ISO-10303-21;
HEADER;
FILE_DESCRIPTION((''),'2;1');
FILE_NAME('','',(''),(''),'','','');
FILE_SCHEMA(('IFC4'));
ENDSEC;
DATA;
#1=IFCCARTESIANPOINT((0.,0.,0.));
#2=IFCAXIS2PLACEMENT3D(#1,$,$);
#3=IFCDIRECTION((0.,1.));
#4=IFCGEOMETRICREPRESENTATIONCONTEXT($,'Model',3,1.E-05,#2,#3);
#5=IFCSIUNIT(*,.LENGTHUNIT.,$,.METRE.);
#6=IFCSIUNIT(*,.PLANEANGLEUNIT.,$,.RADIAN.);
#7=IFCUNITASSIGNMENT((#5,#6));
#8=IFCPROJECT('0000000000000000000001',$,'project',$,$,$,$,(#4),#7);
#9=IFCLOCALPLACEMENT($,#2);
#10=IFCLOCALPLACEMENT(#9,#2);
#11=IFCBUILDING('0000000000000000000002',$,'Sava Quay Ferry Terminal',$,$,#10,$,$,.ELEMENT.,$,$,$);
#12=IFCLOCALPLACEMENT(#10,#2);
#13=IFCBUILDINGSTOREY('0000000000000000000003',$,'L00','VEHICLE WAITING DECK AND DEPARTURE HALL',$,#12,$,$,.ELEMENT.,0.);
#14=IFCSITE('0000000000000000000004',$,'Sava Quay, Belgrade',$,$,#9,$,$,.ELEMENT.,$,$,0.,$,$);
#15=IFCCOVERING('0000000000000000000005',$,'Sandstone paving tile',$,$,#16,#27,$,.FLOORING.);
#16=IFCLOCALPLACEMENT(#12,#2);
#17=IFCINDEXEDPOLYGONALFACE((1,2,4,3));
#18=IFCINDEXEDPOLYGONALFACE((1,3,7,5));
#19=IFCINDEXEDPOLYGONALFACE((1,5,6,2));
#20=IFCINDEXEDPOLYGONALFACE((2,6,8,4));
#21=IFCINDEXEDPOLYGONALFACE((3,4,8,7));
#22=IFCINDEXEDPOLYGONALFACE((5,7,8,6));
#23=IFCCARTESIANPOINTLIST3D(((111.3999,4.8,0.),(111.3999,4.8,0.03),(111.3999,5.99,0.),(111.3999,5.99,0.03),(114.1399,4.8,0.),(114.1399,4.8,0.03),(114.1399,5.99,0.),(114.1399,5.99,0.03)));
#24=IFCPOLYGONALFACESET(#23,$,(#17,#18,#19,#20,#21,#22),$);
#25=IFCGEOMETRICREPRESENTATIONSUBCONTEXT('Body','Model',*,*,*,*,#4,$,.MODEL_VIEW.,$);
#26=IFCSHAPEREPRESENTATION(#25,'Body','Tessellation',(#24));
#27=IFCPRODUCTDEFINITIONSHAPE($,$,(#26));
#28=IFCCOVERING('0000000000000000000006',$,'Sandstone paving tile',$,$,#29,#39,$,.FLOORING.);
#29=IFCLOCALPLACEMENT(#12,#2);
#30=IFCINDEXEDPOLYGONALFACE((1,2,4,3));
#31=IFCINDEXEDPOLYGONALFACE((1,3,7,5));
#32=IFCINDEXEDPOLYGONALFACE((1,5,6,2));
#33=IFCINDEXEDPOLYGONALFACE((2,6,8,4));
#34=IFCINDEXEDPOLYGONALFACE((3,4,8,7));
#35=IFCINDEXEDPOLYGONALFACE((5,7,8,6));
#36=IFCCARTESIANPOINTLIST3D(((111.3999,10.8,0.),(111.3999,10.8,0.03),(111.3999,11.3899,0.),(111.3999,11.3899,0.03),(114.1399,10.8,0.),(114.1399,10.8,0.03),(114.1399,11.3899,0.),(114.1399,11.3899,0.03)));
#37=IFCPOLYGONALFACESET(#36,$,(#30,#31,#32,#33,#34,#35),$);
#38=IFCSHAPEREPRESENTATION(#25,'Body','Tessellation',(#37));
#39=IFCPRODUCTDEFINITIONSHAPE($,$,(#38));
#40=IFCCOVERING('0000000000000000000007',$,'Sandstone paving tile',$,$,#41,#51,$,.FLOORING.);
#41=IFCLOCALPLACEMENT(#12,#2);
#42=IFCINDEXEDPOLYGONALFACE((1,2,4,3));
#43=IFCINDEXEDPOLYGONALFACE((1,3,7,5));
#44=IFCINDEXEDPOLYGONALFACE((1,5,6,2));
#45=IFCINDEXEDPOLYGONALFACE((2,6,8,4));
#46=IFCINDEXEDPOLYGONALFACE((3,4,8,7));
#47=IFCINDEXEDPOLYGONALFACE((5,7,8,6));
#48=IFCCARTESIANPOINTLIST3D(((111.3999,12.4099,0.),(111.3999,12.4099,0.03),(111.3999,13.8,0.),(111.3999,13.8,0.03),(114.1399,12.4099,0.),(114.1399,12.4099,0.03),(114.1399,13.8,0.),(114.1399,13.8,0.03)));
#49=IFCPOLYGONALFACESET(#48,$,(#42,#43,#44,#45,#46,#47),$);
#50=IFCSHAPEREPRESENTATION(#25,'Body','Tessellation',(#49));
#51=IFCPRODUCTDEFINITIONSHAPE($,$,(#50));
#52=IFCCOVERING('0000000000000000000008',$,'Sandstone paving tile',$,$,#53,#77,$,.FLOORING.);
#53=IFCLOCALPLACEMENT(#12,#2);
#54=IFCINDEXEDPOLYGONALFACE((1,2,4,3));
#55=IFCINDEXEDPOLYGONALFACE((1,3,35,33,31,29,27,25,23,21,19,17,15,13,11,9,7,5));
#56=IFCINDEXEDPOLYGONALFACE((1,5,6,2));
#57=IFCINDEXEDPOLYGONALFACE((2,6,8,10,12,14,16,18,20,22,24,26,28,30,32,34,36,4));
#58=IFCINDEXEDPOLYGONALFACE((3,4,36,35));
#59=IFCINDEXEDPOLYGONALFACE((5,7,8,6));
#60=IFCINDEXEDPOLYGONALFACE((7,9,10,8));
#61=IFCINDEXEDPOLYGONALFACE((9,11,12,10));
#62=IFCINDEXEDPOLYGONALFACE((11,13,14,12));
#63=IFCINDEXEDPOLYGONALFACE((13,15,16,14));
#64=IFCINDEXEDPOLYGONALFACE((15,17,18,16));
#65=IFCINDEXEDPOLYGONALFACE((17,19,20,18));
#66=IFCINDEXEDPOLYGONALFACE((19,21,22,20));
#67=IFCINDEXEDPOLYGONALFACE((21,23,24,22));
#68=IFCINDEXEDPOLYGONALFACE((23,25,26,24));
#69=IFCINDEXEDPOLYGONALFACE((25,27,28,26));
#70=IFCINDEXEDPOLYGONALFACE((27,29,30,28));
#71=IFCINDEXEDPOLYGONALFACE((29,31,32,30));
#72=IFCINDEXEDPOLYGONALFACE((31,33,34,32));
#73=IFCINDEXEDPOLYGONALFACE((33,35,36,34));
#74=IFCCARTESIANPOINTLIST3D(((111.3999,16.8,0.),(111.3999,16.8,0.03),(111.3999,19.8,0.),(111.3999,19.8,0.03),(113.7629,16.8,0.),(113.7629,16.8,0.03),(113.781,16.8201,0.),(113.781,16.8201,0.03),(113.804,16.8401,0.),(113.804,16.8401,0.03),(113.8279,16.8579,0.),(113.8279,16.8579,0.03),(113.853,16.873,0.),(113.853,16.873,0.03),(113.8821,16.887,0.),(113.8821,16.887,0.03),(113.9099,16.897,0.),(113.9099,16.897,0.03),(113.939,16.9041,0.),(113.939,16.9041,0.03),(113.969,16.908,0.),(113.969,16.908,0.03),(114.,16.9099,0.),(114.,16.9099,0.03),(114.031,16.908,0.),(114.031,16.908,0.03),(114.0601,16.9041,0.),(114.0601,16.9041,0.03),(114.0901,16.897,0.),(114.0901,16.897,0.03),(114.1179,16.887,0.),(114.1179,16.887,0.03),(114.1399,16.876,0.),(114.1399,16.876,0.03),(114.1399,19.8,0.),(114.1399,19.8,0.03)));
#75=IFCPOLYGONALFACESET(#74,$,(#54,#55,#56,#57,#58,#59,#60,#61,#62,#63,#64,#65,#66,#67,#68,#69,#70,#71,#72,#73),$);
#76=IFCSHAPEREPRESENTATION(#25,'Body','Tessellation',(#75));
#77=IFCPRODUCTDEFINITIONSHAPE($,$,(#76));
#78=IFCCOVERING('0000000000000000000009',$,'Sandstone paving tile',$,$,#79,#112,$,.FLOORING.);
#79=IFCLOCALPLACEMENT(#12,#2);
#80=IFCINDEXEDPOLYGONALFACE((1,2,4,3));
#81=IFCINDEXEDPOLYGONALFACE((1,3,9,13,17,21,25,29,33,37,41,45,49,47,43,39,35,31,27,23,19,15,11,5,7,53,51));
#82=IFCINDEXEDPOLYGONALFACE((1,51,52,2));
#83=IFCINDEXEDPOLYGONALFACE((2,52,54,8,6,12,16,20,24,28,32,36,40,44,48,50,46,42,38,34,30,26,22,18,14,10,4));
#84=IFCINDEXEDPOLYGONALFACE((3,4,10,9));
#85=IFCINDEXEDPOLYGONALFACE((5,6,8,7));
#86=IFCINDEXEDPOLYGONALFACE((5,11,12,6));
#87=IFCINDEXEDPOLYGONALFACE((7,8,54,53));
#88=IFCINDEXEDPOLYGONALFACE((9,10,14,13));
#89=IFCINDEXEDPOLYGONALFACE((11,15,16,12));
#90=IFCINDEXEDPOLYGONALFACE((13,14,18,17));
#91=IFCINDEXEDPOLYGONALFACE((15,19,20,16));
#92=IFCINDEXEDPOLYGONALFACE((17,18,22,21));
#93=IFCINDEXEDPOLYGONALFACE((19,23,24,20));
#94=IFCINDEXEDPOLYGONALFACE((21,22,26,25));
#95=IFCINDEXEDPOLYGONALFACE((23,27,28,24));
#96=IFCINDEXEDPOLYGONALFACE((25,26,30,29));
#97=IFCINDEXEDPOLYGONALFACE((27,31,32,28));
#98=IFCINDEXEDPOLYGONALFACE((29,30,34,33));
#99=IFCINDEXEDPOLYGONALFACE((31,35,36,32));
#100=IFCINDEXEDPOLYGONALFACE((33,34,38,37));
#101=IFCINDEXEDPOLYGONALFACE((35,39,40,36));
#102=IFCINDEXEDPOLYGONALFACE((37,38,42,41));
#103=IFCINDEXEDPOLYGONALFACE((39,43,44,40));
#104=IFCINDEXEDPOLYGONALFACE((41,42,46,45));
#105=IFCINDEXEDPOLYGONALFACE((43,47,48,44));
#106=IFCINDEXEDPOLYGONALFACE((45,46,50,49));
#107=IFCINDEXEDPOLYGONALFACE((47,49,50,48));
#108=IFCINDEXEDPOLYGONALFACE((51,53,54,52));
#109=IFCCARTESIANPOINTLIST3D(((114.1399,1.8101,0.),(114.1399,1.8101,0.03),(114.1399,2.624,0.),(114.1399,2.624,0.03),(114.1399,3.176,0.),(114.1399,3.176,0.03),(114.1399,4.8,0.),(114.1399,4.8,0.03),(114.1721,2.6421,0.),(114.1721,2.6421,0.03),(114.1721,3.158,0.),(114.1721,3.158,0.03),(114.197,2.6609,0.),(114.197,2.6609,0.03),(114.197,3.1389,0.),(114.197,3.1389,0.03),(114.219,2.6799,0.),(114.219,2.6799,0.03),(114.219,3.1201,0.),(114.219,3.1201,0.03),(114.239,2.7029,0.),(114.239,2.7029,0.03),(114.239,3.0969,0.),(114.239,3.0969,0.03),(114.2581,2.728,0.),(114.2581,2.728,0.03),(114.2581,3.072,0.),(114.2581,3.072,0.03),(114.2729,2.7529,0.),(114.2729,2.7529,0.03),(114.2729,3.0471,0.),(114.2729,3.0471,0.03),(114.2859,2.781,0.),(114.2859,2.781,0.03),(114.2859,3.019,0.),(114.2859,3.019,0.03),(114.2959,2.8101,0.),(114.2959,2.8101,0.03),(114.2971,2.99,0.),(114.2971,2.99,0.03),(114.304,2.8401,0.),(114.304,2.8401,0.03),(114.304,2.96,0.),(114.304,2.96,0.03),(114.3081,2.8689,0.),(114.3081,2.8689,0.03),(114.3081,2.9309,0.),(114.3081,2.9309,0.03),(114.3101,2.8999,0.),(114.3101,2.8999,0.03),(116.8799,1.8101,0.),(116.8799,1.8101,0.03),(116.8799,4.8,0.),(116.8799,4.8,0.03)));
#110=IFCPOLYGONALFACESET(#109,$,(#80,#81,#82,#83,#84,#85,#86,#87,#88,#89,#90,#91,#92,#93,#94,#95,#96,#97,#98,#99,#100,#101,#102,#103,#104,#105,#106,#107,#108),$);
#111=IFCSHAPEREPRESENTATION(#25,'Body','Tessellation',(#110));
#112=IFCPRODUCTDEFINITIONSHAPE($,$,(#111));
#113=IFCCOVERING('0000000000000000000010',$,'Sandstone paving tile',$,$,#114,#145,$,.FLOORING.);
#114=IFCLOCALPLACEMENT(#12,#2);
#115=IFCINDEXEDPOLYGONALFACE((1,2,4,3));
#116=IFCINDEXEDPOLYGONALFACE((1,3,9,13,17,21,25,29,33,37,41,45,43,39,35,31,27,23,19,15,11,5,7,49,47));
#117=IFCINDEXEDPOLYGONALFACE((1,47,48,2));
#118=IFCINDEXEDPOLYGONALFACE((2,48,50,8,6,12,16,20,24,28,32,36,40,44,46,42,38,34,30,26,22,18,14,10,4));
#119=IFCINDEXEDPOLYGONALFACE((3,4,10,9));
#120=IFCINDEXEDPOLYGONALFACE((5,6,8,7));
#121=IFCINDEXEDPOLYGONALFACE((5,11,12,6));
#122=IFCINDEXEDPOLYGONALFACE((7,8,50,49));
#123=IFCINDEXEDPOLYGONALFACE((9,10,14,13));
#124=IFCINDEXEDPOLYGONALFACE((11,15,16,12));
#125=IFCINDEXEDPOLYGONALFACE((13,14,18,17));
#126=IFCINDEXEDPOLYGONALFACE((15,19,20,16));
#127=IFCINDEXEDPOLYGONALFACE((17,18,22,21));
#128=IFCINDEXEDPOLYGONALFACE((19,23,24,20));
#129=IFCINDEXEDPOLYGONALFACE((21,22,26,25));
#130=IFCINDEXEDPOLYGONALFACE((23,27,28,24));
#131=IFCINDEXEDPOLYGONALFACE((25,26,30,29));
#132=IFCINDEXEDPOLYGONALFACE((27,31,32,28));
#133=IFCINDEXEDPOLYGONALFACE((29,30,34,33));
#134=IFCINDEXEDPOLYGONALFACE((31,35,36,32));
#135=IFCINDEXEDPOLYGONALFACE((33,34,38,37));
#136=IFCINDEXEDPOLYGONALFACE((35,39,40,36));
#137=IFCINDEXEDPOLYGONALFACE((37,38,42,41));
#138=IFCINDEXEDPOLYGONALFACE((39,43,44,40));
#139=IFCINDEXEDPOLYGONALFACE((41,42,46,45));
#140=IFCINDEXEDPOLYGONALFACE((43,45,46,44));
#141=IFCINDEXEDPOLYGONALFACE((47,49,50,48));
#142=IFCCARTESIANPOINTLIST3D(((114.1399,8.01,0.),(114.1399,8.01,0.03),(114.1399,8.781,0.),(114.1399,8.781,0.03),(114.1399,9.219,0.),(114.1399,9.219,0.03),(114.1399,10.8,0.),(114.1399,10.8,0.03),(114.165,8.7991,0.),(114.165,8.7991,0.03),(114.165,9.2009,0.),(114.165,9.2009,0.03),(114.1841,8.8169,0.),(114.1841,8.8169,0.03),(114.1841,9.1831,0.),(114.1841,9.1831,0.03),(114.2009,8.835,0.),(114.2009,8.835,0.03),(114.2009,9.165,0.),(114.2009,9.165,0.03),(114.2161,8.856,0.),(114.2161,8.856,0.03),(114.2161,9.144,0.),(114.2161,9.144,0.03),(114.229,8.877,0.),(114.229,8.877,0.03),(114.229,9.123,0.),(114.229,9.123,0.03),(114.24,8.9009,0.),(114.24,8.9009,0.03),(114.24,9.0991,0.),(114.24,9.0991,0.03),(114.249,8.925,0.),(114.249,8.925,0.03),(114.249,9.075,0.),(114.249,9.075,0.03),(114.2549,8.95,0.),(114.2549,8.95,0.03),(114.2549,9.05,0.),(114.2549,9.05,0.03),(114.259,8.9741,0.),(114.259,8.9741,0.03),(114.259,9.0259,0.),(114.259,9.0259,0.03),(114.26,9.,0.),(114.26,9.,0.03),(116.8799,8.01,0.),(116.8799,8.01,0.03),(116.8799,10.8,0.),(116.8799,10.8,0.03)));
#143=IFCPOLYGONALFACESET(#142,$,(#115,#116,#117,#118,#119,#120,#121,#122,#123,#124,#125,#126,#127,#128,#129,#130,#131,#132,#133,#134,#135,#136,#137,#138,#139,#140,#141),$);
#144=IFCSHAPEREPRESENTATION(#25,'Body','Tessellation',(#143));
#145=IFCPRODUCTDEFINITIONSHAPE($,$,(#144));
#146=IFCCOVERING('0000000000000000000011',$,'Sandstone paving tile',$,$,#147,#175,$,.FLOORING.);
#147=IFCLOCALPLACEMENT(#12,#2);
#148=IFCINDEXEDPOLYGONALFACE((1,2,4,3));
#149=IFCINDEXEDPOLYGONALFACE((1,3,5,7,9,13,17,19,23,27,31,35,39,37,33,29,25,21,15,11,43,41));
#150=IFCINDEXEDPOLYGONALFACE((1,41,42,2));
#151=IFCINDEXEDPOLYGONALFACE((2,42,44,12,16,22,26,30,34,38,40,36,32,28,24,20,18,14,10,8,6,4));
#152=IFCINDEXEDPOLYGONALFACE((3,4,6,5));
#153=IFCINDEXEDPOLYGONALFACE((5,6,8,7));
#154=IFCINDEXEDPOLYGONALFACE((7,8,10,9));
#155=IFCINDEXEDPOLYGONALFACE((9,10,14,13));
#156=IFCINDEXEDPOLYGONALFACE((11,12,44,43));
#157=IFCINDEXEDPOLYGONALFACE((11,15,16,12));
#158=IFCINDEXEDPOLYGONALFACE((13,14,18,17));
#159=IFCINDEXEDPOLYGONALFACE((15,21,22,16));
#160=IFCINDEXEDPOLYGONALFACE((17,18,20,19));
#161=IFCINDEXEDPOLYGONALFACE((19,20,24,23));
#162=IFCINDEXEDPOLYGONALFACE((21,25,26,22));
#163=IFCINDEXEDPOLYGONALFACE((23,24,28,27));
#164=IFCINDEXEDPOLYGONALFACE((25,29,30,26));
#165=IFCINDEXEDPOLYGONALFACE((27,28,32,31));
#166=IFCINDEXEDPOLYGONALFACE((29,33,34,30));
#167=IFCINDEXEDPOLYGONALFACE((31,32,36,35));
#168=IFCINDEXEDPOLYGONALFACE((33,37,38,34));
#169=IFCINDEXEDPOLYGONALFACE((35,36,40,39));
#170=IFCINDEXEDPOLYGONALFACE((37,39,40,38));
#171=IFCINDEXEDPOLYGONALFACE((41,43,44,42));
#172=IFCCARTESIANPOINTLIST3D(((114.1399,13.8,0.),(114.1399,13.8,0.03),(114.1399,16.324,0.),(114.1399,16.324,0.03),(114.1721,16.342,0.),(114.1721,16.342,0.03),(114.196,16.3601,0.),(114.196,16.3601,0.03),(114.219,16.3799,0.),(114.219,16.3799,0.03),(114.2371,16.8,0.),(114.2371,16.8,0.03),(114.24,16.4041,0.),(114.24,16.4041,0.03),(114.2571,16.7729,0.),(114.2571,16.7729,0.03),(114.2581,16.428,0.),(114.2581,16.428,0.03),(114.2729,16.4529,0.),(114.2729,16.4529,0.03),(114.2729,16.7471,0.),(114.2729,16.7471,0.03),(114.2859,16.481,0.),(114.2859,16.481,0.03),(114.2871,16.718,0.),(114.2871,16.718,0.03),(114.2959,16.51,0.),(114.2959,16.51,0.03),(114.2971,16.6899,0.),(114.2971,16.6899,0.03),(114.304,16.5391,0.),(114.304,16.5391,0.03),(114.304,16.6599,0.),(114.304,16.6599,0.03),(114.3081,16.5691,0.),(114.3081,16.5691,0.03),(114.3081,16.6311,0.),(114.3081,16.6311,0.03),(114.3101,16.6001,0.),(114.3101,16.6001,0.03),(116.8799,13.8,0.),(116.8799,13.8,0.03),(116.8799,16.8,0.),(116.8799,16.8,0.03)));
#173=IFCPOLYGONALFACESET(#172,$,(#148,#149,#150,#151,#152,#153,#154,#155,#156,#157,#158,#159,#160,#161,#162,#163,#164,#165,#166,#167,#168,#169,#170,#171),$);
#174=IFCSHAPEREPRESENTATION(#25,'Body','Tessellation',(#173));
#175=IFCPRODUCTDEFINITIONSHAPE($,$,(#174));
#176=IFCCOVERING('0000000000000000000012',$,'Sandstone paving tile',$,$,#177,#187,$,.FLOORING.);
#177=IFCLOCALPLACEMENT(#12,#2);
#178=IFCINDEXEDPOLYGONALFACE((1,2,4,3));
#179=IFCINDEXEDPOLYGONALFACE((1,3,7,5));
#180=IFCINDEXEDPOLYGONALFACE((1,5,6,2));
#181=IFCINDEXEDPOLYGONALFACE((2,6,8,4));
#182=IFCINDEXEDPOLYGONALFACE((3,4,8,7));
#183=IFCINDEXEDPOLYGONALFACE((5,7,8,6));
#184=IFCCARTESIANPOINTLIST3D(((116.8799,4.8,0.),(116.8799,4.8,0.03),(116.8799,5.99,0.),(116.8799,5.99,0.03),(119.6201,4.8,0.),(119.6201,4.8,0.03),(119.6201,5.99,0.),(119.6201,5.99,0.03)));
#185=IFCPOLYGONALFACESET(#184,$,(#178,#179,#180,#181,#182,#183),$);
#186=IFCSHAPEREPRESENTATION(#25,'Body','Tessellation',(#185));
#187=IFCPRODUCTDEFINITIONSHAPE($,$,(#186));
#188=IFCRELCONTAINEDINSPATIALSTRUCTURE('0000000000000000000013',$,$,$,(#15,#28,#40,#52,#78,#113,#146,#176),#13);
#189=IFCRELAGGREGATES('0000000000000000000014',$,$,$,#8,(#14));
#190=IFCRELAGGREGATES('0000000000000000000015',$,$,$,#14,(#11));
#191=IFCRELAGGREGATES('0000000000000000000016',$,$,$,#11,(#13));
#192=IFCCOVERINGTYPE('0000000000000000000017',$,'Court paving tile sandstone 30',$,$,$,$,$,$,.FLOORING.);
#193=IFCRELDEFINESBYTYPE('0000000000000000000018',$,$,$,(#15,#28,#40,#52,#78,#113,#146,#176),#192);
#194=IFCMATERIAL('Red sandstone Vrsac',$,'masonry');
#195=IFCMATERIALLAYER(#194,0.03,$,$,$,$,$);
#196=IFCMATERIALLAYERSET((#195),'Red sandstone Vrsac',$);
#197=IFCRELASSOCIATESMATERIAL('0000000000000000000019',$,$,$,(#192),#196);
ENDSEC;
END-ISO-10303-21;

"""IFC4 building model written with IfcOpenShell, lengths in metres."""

from ifc_helpers import new_model, si_unit, direction, origin, place, context, subcontext, project, spatial, polyline, outline, extrude, material, layer, layer_set, type_object, element, save


model = new_model("IFC4")

# Units and contexts
model_context = context("Model", 3, precision=1e-05, world=origin(), true_north=direction((0.0, 1.0)))
body_context = subcontext(model_context, "Body", "Model", "MODEL_VIEW")
ifc_project = project(units=[si_unit("LENGTHUNIT", "METRE"), si_unit("PLANEANGLEUNIT", "RADIAN")], contexts=[model_context])

# Site, building, storey
site_placement = place(None, origin())
site = spatial("IfcSite", under=ifc_project, at=site_placement, Name="Sava Quay, Belgrade", CompositionType="ELEMENT", RefElevation=0.0)
building_placement = place(site_placement, origin())
building = spatial("IfcBuilding", under=site, at=building_placement, Name="Sava Quay Ferry Terminal", CompositionType="ELEMENT")
storey_placement = place(building_placement, origin())
storey = spatial("IfcBuildingStorey", under=building, at=storey_placement, Name="L00", Description="VEHICLE WAITING DECK AND DEPARTURE HALL", CompositionType="ELEMENT", Elevation=0.0)

# Coverings
ifc_material_1 = material(Name="Red sandstone Vrsac", Category="masonry")
ifc_layer_1 = layer(ifc_material_1, 0.03)
ifc_layer_set_1 = layer_set([ifc_layer_1], Name="Red sandstone Vrsac")
covering_type_1 = type_object("IfcCoveringType", Name="Court paving tile sandstone 30", PredefinedType="FLOORING", material=ifc_layer_set_1)
covering_1_placement = place(storey_placement, origin())
element("IfcCovering", 1, at=covering_1_placement, inside=storey, type_object=covering_type_1, Name="Sandstone paving tile", PredefinedType="FLOORING", context=body_context, shape_type="SweptSolid", body=[
    extrude(outline(polyline([(114.1399, 4.8), (114.1399, 5.99), (111.3999, 5.99), (111.3999, 4.8), (114.1399, 4.8)])), origin(), (0.0, 0.0, 1.0), 0.03),
])
covering_2_placement = place(storey_placement, origin())
element("IfcCovering", 2, at=covering_2_placement, inside=storey, type_object=covering_type_1, Name="Sandstone paving tile", PredefinedType="FLOORING", context=body_context, shape_type="SweptSolid", body=[
    extrude(outline(polyline([(114.1399, 10.8), (114.1399, 11.3899), (111.3999, 11.3899), (111.3999, 10.8), (114.1399, 10.8)])), origin(), (0.0, 0.0, 1.0), 0.03),
])
covering_3_placement = place(storey_placement, origin())
element("IfcCovering", 3, at=covering_3_placement, inside=storey, type_object=covering_type_1, Name="Sandstone paving tile", PredefinedType="FLOORING", context=body_context, shape_type="SweptSolid", body=[
    extrude(outline(polyline([(111.3999, 13.8), (111.3999, 12.4099), (114.1399, 12.4099), (114.1399, 13.8), (111.3999, 13.8)])), origin(), (0.0, 0.0, 1.0), 0.03),
])
covering_4_placement = place(storey_placement, origin())
element("IfcCovering", 4, at=covering_4_placement, inside=storey, type_object=covering_type_1, Name="Sandstone paving tile", PredefinedType="FLOORING", context=body_context, shape_type="SweptSolid", body=[
    extrude(outline(polyline([(114.1399, 16.876), (114.1399, 19.8), (111.3999, 19.8), (111.3999, 16.8), (113.7629, 16.8), (113.781, 16.8201), (113.804, 16.8401), (113.8279, 16.8579), (113.853, 16.873), (113.8821, 16.887), (113.9099, 16.897), (113.939, 16.9041), (113.969, 16.908), (114.0, 16.9099), (114.031, 16.908), (114.0601, 16.9041), (114.0901, 16.897), (114.1179, 16.887), (114.1399, 16.876)])), origin(), (0.0, 0.0, 1.0), 0.03),
])
covering_5_placement = place(storey_placement, origin())
element("IfcCovering", 5, at=covering_5_placement, inside=storey, type_object=covering_type_1, Name="Sandstone paving tile", PredefinedType="FLOORING", context=body_context, shape_type="SweptSolid", body=[
    extrude(outline(polyline([(114.1399, 4.8), (114.1399, 3.176), (114.1721, 3.158), (114.197, 3.1389), (114.219, 3.1201), (114.239, 3.0969), (114.2581, 3.072), (114.2729, 3.0471), (114.2859, 3.019), (114.2971, 2.99), (114.304, 2.96), (114.3081, 2.9309), (114.3101, 2.8999), (114.3081, 2.8689), (114.304, 2.8401), (114.2959, 2.8101), (114.2859, 2.781), (114.2729, 2.7529), (114.2581, 2.728), (114.239, 2.7029), (114.219, 2.6799), (114.197, 2.6609), (114.1721, 2.6421), (114.1399, 2.624), (114.1399, 1.8101), (116.8799, 1.8101), (116.8799, 4.8), (114.1399, 4.8)])), origin(), (0.0, 0.0, 1.0), 0.03),
])
covering_6_placement = place(storey_placement, origin())
element("IfcCovering", 6, at=covering_6_placement, inside=storey, type_object=covering_type_1, Name="Sandstone paving tile", PredefinedType="FLOORING", context=body_context, shape_type="SweptSolid", body=[
    extrude(outline(polyline([(114.1399, 10.8), (114.1399, 9.219), (114.165, 9.2009), (114.1841, 9.1831), (114.2009, 9.165), (114.2161, 9.144), (114.229, 9.123), (114.24, 9.0991), (114.249, 9.075), (114.2549, 9.05), (114.259, 9.0259), (114.26, 9.0), (114.259, 8.9741), (114.2549, 8.95), (114.249, 8.925), (114.24, 8.9009), (114.229, 8.877), (114.2161, 8.856), (114.2009, 8.835), (114.1841, 8.8169), (114.165, 8.7991), (114.1399, 8.781), (114.1399, 8.01), (116.8799, 8.01), (116.8799, 10.8), (114.1399, 10.8)])), origin(), (0.0, 0.0, 1.0), 0.03),
])
covering_7_placement = place(storey_placement, origin())
element("IfcCovering", 7, at=covering_7_placement, inside=storey, type_object=covering_type_1, Name="Sandstone paving tile", PredefinedType="FLOORING", context=body_context, shape_type="SweptSolid", body=[
    extrude(outline(polyline([(116.8799, 16.8), (114.2371, 16.8), (114.2571, 16.7729), (114.2729, 16.7471), (114.2871, 16.718), (114.2971, 16.6899), (114.304, 16.6599), (114.3081, 16.6311), (114.3101, 16.6001), (114.3081, 16.5691), (114.304, 16.5391), (114.2959, 16.51), (114.2859, 16.481), (114.2729, 16.4529), (114.2581, 16.428), (114.24, 16.4041), (114.219, 16.3799), (114.196, 16.3601), (114.1721, 16.342), (114.1399, 16.324), (114.1399, 13.8), (116.8799, 13.8), (116.8799, 16.8)])), origin(), (0.0, 0.0, 1.0), 0.03),
])
covering_8_placement = place(storey_placement, origin())
element("IfcCovering", 8, at=covering_8_placement, inside=storey, type_object=covering_type_1, Name="Sandstone paving tile", PredefinedType="FLOORING", context=body_context, shape_type="SweptSolid", body=[
    extrude(outline(polyline([(119.6201, 4.8), (119.6201, 5.99), (116.8799, 5.99), (116.8799, 4.8), (119.6201, 4.8)])), origin(), (0.0, 0.0, 1.0), 0.03),
])

save(model, "model.ifc")
